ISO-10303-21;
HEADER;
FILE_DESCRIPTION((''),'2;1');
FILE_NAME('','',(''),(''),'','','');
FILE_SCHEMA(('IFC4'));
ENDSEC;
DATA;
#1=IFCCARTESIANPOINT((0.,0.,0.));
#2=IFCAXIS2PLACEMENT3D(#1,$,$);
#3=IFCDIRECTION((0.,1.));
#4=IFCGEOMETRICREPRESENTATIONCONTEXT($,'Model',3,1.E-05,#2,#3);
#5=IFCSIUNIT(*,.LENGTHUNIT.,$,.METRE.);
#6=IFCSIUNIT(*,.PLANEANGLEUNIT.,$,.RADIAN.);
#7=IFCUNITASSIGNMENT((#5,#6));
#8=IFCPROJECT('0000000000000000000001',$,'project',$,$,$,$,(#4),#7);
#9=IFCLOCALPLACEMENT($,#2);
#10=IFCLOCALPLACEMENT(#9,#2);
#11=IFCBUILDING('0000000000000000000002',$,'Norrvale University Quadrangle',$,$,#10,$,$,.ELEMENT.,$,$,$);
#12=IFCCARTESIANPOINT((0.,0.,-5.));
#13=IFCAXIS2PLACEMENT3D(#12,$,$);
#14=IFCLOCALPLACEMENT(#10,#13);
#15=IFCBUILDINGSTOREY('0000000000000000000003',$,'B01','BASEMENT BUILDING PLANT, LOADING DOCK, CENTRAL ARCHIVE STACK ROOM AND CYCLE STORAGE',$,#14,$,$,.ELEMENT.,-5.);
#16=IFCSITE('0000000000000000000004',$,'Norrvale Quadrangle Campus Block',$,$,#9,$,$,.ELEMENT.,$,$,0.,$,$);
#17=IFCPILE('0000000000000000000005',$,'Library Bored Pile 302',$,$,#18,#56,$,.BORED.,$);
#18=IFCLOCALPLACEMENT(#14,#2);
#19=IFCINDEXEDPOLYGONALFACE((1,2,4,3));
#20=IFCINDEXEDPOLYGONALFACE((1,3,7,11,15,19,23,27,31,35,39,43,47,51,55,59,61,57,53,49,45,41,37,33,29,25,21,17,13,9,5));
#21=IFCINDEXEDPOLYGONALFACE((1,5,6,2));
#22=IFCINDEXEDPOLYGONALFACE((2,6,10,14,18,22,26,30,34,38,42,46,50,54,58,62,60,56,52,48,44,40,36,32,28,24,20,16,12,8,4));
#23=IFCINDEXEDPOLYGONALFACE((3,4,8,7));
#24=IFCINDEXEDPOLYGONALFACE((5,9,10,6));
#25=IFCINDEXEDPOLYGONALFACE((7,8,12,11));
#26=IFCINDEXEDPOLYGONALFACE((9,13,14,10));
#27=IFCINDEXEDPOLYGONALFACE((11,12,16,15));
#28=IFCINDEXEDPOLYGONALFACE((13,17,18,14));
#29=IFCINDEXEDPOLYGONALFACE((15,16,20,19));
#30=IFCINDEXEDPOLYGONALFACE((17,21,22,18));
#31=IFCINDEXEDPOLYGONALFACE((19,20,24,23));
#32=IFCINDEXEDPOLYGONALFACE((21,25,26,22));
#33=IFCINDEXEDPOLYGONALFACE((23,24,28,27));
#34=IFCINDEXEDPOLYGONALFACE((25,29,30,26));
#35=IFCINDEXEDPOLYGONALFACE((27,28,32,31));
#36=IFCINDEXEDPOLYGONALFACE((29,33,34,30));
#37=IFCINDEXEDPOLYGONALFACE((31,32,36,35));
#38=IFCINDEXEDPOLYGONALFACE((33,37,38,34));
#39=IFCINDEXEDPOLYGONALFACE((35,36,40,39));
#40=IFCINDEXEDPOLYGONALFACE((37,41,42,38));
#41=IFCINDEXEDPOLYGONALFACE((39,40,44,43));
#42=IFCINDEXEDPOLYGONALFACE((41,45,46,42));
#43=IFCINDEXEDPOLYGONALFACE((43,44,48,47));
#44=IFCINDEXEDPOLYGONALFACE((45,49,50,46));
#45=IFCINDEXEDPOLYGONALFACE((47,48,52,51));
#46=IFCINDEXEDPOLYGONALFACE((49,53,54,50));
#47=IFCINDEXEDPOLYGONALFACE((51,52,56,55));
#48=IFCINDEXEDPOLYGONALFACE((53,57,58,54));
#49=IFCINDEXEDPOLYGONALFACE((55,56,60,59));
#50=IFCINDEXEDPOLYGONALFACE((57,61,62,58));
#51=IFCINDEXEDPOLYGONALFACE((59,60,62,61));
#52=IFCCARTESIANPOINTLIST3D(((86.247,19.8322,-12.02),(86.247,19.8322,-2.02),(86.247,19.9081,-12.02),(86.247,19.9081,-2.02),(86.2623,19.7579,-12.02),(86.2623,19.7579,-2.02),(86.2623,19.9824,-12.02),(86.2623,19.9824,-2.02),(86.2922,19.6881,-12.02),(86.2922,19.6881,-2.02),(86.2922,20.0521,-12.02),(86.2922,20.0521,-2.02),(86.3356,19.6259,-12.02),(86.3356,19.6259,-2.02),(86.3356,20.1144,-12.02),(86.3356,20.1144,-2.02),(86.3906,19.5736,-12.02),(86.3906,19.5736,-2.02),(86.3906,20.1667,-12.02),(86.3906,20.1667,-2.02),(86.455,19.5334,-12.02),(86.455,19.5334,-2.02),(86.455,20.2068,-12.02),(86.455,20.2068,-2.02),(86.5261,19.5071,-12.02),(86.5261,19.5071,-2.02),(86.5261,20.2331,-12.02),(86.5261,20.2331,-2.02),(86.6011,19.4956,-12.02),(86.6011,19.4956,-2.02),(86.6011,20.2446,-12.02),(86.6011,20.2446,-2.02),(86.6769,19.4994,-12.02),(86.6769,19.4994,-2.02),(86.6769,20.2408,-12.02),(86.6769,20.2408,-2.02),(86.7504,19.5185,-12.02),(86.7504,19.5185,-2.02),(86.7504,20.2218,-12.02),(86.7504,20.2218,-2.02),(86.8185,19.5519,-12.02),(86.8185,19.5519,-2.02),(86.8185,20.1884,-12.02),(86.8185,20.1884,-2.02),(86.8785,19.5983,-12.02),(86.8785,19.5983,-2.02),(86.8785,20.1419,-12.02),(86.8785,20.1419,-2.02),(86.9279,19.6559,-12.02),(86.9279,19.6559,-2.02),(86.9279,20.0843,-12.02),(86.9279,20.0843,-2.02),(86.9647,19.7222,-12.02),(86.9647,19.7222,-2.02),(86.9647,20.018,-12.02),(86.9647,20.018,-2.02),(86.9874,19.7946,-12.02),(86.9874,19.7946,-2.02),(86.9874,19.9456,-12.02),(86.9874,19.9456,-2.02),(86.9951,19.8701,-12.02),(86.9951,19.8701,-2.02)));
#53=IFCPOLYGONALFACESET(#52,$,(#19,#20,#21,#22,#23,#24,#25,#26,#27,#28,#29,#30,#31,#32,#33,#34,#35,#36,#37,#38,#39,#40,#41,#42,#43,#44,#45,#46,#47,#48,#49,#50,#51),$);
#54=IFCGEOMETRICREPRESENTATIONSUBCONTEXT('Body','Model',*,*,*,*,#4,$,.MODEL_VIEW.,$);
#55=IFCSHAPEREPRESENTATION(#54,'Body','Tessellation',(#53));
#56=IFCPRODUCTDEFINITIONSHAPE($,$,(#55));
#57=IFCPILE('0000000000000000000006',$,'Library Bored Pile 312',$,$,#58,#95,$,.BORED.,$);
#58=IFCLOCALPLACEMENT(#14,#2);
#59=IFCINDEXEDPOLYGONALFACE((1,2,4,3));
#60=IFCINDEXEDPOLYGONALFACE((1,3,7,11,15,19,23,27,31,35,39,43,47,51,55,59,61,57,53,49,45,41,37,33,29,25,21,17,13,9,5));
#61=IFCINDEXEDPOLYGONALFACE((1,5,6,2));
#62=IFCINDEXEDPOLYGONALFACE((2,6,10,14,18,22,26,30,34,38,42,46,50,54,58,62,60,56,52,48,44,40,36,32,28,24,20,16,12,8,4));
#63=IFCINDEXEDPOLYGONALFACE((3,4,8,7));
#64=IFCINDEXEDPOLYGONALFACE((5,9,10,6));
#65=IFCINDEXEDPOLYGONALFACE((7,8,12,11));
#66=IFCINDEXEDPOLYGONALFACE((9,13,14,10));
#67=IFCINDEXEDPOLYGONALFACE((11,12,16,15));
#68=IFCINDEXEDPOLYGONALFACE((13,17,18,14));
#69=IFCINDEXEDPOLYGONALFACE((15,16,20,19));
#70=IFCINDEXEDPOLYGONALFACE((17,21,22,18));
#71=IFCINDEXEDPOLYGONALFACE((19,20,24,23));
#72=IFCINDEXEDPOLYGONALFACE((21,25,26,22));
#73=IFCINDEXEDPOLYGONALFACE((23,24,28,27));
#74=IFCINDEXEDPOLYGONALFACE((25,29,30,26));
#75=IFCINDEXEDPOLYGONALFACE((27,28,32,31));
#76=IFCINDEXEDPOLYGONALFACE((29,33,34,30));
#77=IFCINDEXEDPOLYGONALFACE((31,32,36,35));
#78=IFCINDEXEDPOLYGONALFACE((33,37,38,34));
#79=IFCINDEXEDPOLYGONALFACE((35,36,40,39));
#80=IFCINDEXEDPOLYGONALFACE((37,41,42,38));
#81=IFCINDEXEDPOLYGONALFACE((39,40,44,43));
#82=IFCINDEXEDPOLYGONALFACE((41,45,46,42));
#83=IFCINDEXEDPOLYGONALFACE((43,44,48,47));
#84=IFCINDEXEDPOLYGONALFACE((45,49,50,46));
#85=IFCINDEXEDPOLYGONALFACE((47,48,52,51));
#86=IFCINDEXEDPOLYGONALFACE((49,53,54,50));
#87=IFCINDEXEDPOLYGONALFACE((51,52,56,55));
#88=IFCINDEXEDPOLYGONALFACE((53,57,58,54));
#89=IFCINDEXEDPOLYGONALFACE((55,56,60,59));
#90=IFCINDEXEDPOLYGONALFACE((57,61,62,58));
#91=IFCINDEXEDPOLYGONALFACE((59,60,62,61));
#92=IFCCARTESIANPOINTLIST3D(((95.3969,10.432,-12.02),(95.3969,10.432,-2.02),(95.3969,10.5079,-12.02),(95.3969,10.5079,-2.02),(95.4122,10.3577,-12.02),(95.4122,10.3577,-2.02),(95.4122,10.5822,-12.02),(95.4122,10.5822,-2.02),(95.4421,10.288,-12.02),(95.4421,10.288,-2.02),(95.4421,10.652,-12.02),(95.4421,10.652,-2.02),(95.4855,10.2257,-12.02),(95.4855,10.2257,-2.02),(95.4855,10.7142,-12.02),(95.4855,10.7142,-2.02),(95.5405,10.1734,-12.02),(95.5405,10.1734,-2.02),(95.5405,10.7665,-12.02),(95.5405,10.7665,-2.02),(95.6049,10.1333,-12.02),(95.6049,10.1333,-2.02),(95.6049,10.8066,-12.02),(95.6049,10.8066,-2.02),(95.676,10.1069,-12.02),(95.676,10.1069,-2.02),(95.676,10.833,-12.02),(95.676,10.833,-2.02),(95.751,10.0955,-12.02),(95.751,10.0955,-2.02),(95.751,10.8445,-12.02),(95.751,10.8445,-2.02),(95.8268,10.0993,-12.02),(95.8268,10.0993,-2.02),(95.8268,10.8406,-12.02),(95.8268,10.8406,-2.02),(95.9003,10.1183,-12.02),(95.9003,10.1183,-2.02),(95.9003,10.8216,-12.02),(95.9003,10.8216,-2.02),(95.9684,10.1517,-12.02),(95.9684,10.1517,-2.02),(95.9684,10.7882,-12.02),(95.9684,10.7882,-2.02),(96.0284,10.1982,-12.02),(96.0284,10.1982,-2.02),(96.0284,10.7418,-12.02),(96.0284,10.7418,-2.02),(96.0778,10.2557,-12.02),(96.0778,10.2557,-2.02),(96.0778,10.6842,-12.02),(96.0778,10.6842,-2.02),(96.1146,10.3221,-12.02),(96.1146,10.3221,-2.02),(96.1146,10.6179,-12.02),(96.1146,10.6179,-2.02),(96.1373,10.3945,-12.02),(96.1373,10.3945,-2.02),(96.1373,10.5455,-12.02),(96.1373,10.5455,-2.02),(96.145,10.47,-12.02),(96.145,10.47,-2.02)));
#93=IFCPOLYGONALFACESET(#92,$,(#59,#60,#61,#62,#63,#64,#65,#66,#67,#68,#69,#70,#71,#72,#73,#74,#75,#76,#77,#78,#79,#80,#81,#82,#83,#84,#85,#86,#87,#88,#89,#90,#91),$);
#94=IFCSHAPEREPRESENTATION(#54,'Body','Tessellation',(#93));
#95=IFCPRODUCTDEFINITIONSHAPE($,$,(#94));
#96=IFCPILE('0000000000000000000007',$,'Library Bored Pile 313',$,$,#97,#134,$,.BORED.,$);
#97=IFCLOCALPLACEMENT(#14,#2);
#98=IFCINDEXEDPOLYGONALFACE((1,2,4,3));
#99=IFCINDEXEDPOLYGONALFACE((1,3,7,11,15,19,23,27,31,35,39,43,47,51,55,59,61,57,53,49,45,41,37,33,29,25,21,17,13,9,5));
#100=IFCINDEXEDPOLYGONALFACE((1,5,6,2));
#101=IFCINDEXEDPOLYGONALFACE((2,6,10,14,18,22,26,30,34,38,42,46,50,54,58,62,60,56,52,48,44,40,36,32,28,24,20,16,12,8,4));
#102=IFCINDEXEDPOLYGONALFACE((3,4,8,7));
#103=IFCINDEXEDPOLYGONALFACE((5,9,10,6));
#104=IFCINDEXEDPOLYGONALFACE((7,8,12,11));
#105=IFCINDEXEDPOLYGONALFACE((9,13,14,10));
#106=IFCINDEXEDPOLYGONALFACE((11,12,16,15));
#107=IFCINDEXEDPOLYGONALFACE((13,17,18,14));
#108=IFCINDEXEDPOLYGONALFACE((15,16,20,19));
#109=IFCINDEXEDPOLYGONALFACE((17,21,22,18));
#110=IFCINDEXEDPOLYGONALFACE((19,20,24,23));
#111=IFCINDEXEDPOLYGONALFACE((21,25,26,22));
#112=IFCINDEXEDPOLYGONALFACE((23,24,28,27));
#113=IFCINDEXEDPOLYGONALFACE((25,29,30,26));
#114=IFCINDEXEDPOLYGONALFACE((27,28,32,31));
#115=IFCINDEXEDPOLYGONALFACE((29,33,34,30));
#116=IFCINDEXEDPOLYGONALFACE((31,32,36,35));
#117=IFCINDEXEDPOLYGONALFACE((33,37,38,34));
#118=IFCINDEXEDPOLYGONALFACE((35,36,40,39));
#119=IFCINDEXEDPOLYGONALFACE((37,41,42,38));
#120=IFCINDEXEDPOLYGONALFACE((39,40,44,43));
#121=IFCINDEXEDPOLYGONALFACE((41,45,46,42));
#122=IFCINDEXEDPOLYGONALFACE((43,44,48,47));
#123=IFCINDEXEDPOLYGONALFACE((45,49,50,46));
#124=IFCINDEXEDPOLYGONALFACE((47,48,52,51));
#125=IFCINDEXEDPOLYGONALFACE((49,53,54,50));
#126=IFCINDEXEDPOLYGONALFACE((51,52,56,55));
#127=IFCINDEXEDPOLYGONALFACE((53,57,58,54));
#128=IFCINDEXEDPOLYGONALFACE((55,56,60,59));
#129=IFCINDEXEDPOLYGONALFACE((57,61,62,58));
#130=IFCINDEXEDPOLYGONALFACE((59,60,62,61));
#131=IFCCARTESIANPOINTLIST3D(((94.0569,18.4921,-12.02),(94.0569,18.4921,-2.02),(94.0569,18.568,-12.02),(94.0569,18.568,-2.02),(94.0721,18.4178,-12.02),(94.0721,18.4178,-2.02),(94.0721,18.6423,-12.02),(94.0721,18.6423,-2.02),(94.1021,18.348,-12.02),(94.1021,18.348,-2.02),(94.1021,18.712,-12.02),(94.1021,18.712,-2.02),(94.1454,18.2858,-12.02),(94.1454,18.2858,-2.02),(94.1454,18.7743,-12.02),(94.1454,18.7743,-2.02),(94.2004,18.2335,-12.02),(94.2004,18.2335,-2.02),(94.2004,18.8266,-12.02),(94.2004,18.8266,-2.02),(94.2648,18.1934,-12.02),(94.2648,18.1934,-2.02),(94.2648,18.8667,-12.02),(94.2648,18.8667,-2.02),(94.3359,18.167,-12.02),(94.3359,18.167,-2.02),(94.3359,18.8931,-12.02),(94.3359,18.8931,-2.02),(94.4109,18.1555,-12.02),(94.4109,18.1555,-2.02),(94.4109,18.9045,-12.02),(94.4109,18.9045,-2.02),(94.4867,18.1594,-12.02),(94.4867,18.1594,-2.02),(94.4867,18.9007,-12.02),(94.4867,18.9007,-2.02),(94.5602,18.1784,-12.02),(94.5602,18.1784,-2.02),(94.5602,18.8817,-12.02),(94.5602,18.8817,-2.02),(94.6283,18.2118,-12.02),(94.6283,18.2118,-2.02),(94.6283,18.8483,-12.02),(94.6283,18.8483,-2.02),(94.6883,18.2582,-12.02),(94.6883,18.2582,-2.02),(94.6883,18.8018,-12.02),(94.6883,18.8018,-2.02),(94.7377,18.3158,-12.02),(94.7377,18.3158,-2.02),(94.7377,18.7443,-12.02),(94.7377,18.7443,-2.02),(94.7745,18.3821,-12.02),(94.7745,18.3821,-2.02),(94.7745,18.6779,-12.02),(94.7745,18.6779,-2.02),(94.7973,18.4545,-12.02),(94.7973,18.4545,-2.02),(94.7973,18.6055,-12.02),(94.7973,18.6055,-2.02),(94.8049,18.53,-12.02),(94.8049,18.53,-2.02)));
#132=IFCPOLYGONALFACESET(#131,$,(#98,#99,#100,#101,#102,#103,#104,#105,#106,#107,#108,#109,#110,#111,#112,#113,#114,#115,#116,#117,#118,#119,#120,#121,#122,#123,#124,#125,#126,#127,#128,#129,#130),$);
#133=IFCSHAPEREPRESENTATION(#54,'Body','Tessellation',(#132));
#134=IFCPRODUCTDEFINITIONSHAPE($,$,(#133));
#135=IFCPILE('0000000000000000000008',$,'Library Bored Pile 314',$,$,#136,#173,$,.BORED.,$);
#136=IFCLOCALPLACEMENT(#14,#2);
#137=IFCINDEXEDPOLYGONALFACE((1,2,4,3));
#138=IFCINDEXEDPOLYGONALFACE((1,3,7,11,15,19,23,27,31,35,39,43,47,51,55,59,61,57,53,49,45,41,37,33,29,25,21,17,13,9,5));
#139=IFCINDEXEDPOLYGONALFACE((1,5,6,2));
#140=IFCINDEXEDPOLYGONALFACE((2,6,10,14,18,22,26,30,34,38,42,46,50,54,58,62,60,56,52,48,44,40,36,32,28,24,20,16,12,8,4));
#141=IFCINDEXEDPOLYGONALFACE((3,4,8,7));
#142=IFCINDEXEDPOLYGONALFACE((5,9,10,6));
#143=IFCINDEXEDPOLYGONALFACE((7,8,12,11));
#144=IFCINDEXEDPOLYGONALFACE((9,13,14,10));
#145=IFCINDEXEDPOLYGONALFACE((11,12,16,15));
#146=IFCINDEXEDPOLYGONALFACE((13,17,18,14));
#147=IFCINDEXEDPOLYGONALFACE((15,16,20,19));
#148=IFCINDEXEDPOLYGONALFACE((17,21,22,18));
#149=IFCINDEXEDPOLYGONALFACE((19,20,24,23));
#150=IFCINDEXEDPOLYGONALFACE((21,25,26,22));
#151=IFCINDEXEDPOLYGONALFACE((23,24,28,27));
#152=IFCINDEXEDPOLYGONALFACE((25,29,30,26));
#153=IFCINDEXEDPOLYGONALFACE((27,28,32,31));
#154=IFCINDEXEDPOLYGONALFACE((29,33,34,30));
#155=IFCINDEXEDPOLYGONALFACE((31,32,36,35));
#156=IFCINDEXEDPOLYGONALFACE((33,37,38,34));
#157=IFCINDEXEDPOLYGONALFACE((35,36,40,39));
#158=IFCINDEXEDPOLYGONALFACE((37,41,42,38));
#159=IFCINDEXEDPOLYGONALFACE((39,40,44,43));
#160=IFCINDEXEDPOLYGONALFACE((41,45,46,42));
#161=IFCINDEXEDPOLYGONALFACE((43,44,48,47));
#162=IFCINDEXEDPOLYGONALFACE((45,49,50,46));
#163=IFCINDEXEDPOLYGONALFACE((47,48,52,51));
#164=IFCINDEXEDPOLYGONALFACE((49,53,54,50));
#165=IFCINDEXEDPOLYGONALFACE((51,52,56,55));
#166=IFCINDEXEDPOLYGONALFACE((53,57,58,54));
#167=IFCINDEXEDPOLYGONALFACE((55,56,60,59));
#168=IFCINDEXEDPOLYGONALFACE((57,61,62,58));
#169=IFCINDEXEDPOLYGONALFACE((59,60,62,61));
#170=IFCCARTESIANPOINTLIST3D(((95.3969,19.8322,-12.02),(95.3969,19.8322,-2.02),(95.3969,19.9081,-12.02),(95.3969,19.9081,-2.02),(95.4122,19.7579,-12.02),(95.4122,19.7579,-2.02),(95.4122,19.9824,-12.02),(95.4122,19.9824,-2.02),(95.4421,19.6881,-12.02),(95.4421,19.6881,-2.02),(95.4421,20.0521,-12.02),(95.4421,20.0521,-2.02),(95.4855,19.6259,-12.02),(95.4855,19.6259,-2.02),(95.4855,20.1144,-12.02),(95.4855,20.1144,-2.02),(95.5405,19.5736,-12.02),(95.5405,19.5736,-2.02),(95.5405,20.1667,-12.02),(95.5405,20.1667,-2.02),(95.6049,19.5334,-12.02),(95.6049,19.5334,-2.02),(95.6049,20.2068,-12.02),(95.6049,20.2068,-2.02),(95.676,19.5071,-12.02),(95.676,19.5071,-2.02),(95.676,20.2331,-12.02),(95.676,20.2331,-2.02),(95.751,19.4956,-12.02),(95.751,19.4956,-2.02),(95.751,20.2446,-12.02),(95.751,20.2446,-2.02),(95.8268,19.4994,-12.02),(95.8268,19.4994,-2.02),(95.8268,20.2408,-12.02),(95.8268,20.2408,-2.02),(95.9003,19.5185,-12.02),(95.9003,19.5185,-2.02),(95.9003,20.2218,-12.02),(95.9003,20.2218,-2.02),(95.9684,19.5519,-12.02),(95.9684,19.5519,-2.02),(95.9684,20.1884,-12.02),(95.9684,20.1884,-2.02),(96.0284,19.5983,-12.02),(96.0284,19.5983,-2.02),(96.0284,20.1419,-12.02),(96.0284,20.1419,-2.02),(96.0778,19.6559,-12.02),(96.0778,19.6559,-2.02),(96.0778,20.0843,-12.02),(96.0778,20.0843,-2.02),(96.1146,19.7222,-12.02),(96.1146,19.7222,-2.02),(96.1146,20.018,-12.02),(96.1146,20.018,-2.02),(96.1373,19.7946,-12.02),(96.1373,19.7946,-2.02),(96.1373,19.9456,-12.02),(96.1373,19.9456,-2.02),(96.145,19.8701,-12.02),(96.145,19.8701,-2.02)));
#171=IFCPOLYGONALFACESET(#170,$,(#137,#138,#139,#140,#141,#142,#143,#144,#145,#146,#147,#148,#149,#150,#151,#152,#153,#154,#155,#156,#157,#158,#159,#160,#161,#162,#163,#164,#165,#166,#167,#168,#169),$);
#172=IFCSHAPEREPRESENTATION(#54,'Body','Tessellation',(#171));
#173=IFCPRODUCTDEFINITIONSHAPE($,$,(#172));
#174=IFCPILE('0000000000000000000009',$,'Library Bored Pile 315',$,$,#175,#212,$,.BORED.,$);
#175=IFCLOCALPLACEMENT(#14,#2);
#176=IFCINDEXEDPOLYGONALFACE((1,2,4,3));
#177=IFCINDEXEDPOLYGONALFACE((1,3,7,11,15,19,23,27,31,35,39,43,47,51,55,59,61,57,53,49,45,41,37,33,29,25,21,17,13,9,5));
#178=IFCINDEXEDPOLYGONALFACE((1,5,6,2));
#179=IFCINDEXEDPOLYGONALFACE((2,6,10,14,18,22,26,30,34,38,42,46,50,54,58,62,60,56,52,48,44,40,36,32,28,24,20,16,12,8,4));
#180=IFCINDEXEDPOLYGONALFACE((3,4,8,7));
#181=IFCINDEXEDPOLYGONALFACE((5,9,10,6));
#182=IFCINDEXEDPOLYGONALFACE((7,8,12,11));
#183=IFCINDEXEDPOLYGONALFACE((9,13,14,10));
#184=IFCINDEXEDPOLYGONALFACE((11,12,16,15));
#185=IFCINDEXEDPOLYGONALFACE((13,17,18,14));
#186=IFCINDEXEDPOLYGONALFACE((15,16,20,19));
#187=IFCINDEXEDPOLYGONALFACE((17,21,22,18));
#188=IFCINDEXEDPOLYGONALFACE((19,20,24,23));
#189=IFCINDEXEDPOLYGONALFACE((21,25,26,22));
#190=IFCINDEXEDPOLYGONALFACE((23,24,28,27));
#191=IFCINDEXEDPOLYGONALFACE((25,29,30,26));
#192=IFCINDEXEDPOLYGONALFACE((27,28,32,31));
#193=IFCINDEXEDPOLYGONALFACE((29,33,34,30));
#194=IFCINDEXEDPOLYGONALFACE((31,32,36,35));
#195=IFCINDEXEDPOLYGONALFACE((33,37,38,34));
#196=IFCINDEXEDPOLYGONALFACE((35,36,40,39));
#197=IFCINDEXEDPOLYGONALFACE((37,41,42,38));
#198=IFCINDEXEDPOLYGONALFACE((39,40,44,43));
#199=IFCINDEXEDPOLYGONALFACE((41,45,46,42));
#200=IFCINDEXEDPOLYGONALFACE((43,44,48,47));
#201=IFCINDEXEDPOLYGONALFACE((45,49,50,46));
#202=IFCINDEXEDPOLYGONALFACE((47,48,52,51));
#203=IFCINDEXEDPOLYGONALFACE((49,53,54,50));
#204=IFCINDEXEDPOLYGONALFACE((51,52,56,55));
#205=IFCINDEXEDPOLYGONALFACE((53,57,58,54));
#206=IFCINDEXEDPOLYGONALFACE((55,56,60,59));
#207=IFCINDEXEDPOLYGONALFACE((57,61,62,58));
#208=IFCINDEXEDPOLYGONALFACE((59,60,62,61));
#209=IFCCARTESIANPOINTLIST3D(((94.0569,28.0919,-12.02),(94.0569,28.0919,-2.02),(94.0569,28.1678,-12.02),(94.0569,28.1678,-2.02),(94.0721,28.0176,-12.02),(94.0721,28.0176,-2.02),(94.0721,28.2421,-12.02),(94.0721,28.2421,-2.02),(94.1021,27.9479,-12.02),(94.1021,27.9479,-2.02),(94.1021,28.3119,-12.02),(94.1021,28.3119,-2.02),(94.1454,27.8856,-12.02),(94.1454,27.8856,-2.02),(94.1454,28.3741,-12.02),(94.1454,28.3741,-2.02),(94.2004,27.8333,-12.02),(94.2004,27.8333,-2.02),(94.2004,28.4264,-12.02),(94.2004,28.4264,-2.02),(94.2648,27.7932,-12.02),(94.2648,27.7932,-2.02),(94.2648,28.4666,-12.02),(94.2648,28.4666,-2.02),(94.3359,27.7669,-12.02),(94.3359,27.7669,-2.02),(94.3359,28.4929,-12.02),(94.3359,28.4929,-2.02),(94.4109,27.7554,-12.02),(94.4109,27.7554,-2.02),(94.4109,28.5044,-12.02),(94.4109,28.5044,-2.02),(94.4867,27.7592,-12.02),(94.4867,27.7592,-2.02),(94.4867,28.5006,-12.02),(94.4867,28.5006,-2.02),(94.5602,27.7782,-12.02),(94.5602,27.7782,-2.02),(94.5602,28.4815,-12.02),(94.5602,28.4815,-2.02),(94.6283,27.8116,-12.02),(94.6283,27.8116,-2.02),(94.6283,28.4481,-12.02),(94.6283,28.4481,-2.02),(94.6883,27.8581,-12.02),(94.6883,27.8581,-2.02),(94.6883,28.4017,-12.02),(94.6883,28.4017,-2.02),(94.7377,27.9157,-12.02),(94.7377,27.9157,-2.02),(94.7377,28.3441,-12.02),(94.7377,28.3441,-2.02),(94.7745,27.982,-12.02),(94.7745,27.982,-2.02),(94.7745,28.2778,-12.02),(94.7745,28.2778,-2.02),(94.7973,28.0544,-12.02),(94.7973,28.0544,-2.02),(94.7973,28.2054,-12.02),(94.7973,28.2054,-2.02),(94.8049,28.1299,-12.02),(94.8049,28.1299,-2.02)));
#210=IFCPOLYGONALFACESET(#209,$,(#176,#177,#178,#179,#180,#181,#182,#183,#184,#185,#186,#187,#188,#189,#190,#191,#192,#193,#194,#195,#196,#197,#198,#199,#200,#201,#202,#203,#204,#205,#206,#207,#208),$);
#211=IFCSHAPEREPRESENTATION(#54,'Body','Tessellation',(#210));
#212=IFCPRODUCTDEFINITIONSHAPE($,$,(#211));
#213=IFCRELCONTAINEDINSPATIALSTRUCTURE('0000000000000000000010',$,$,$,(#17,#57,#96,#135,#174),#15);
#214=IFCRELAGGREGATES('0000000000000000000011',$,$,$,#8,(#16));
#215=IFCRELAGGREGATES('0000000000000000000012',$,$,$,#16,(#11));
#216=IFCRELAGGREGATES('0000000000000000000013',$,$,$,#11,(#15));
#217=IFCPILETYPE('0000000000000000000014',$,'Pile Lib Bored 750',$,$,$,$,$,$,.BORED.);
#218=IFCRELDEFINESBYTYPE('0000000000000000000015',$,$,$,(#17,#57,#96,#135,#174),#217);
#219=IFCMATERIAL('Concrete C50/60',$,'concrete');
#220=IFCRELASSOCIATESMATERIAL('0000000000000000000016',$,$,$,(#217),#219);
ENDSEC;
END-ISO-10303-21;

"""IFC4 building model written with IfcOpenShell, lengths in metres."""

from ifc_helpers import new_model, si_unit, direction, frame, origin, origin_2d, place, context, subcontext, project, spatial, circle, extrude, material, material_profile, profile_set, type_object, element, save


model = new_model("IFC4")

# Units and contexts
model_context = context("Model", 3, precision=1e-05, world=origin(), true_north=direction((0.0, 1.0)))
body_context = subcontext(model_context, "Body", "Model", "MODEL_VIEW")
ifc_project = project(units=[si_unit("LENGTHUNIT", "METRE"), si_unit("PLANEANGLEUNIT", "RADIAN")], contexts=[model_context])

# Site, building, storey
site_placement = place(None, origin())
site = spatial("IfcSite", under=ifc_project, at=site_placement, Name="Norrvale Quadrangle Campus Block", CompositionType="ELEMENT", RefElevation=0.0)
building_placement = place(site_placement, origin())
building = spatial("IfcBuilding", under=site, at=building_placement, Name="Norrvale University Quadrangle", CompositionType="ELEMENT")
storey_placement = place(building_placement, frame((0.0, 0.0, -5.0)))
storey = spatial("IfcBuildingStorey", under=building, at=storey_placement, Name="B01", Description="BASEMENT BUILDING PLANT, LOADING DOCK, CENTRAL ARCHIVE STACK ROOM AND CYCLE STORAGE", CompositionType="ELEMENT", Elevation=-5.0)

# Shared definitions
ifc_material_1 = material(Name="Concrete C50/60", Category="concrete")

# Piles
ifc_material_profile_1 = material_profile(ifc_material_1, circle(Radius=0.375, at=origin_2d()), Name="Concrete C50/60")
ifc_profile_set_1 = profile_set([ifc_material_profile_1], Name="Concrete C50/60")
pile_type = type_object("IfcPileType", Name="Pile Lib Bored 750", PredefinedType="BORED", material=ifc_profile_set_1)
for number, where, z_axis, x_axis, name in (
    (1, (86.6201, 19.8701, -2.02), (0.0, 0.0, -1.0), (1.0, 0.0, 0.0), "Library Bored Pile 302"),
    (2, (95.77, 10.47, -2.02), (0.0, 0.0, -1.0), (1.0, 0.0, 0.0), "Library Bored Pile 312"),
    (3, (94.4299, 18.53, -2.02), (0.0, 0.0, -1.0), (1.0, 0.0, 0.0), "Library Bored Pile 313"),
    (4, (95.77, 19.8701, -2.02), (0.0, 0.0, -1.0), (1.0, 0.0, 0.0), "Library Bored Pile 314"),
    (5, (94.4299, 28.1299, -2.02), (0.0, 0.0, -1.0), (1.0, 0.0, 0.0), "Library Bored Pile 315"),
):
    element("IfcPile", number, at=place(storey_placement, frame(where, z_axis=z_axis, x_axis=x_axis)), inside=storey, type_object=pile_type, Name=name, PredefinedType="BORED", context=body_context, shape_type="SweptSolid", body=[
        extrude(circle(Radius=0.375, at=origin_2d()), origin(), (0.0, 0.0, 1.0), 10.0),
    ])

save(model, "model.ifc")
